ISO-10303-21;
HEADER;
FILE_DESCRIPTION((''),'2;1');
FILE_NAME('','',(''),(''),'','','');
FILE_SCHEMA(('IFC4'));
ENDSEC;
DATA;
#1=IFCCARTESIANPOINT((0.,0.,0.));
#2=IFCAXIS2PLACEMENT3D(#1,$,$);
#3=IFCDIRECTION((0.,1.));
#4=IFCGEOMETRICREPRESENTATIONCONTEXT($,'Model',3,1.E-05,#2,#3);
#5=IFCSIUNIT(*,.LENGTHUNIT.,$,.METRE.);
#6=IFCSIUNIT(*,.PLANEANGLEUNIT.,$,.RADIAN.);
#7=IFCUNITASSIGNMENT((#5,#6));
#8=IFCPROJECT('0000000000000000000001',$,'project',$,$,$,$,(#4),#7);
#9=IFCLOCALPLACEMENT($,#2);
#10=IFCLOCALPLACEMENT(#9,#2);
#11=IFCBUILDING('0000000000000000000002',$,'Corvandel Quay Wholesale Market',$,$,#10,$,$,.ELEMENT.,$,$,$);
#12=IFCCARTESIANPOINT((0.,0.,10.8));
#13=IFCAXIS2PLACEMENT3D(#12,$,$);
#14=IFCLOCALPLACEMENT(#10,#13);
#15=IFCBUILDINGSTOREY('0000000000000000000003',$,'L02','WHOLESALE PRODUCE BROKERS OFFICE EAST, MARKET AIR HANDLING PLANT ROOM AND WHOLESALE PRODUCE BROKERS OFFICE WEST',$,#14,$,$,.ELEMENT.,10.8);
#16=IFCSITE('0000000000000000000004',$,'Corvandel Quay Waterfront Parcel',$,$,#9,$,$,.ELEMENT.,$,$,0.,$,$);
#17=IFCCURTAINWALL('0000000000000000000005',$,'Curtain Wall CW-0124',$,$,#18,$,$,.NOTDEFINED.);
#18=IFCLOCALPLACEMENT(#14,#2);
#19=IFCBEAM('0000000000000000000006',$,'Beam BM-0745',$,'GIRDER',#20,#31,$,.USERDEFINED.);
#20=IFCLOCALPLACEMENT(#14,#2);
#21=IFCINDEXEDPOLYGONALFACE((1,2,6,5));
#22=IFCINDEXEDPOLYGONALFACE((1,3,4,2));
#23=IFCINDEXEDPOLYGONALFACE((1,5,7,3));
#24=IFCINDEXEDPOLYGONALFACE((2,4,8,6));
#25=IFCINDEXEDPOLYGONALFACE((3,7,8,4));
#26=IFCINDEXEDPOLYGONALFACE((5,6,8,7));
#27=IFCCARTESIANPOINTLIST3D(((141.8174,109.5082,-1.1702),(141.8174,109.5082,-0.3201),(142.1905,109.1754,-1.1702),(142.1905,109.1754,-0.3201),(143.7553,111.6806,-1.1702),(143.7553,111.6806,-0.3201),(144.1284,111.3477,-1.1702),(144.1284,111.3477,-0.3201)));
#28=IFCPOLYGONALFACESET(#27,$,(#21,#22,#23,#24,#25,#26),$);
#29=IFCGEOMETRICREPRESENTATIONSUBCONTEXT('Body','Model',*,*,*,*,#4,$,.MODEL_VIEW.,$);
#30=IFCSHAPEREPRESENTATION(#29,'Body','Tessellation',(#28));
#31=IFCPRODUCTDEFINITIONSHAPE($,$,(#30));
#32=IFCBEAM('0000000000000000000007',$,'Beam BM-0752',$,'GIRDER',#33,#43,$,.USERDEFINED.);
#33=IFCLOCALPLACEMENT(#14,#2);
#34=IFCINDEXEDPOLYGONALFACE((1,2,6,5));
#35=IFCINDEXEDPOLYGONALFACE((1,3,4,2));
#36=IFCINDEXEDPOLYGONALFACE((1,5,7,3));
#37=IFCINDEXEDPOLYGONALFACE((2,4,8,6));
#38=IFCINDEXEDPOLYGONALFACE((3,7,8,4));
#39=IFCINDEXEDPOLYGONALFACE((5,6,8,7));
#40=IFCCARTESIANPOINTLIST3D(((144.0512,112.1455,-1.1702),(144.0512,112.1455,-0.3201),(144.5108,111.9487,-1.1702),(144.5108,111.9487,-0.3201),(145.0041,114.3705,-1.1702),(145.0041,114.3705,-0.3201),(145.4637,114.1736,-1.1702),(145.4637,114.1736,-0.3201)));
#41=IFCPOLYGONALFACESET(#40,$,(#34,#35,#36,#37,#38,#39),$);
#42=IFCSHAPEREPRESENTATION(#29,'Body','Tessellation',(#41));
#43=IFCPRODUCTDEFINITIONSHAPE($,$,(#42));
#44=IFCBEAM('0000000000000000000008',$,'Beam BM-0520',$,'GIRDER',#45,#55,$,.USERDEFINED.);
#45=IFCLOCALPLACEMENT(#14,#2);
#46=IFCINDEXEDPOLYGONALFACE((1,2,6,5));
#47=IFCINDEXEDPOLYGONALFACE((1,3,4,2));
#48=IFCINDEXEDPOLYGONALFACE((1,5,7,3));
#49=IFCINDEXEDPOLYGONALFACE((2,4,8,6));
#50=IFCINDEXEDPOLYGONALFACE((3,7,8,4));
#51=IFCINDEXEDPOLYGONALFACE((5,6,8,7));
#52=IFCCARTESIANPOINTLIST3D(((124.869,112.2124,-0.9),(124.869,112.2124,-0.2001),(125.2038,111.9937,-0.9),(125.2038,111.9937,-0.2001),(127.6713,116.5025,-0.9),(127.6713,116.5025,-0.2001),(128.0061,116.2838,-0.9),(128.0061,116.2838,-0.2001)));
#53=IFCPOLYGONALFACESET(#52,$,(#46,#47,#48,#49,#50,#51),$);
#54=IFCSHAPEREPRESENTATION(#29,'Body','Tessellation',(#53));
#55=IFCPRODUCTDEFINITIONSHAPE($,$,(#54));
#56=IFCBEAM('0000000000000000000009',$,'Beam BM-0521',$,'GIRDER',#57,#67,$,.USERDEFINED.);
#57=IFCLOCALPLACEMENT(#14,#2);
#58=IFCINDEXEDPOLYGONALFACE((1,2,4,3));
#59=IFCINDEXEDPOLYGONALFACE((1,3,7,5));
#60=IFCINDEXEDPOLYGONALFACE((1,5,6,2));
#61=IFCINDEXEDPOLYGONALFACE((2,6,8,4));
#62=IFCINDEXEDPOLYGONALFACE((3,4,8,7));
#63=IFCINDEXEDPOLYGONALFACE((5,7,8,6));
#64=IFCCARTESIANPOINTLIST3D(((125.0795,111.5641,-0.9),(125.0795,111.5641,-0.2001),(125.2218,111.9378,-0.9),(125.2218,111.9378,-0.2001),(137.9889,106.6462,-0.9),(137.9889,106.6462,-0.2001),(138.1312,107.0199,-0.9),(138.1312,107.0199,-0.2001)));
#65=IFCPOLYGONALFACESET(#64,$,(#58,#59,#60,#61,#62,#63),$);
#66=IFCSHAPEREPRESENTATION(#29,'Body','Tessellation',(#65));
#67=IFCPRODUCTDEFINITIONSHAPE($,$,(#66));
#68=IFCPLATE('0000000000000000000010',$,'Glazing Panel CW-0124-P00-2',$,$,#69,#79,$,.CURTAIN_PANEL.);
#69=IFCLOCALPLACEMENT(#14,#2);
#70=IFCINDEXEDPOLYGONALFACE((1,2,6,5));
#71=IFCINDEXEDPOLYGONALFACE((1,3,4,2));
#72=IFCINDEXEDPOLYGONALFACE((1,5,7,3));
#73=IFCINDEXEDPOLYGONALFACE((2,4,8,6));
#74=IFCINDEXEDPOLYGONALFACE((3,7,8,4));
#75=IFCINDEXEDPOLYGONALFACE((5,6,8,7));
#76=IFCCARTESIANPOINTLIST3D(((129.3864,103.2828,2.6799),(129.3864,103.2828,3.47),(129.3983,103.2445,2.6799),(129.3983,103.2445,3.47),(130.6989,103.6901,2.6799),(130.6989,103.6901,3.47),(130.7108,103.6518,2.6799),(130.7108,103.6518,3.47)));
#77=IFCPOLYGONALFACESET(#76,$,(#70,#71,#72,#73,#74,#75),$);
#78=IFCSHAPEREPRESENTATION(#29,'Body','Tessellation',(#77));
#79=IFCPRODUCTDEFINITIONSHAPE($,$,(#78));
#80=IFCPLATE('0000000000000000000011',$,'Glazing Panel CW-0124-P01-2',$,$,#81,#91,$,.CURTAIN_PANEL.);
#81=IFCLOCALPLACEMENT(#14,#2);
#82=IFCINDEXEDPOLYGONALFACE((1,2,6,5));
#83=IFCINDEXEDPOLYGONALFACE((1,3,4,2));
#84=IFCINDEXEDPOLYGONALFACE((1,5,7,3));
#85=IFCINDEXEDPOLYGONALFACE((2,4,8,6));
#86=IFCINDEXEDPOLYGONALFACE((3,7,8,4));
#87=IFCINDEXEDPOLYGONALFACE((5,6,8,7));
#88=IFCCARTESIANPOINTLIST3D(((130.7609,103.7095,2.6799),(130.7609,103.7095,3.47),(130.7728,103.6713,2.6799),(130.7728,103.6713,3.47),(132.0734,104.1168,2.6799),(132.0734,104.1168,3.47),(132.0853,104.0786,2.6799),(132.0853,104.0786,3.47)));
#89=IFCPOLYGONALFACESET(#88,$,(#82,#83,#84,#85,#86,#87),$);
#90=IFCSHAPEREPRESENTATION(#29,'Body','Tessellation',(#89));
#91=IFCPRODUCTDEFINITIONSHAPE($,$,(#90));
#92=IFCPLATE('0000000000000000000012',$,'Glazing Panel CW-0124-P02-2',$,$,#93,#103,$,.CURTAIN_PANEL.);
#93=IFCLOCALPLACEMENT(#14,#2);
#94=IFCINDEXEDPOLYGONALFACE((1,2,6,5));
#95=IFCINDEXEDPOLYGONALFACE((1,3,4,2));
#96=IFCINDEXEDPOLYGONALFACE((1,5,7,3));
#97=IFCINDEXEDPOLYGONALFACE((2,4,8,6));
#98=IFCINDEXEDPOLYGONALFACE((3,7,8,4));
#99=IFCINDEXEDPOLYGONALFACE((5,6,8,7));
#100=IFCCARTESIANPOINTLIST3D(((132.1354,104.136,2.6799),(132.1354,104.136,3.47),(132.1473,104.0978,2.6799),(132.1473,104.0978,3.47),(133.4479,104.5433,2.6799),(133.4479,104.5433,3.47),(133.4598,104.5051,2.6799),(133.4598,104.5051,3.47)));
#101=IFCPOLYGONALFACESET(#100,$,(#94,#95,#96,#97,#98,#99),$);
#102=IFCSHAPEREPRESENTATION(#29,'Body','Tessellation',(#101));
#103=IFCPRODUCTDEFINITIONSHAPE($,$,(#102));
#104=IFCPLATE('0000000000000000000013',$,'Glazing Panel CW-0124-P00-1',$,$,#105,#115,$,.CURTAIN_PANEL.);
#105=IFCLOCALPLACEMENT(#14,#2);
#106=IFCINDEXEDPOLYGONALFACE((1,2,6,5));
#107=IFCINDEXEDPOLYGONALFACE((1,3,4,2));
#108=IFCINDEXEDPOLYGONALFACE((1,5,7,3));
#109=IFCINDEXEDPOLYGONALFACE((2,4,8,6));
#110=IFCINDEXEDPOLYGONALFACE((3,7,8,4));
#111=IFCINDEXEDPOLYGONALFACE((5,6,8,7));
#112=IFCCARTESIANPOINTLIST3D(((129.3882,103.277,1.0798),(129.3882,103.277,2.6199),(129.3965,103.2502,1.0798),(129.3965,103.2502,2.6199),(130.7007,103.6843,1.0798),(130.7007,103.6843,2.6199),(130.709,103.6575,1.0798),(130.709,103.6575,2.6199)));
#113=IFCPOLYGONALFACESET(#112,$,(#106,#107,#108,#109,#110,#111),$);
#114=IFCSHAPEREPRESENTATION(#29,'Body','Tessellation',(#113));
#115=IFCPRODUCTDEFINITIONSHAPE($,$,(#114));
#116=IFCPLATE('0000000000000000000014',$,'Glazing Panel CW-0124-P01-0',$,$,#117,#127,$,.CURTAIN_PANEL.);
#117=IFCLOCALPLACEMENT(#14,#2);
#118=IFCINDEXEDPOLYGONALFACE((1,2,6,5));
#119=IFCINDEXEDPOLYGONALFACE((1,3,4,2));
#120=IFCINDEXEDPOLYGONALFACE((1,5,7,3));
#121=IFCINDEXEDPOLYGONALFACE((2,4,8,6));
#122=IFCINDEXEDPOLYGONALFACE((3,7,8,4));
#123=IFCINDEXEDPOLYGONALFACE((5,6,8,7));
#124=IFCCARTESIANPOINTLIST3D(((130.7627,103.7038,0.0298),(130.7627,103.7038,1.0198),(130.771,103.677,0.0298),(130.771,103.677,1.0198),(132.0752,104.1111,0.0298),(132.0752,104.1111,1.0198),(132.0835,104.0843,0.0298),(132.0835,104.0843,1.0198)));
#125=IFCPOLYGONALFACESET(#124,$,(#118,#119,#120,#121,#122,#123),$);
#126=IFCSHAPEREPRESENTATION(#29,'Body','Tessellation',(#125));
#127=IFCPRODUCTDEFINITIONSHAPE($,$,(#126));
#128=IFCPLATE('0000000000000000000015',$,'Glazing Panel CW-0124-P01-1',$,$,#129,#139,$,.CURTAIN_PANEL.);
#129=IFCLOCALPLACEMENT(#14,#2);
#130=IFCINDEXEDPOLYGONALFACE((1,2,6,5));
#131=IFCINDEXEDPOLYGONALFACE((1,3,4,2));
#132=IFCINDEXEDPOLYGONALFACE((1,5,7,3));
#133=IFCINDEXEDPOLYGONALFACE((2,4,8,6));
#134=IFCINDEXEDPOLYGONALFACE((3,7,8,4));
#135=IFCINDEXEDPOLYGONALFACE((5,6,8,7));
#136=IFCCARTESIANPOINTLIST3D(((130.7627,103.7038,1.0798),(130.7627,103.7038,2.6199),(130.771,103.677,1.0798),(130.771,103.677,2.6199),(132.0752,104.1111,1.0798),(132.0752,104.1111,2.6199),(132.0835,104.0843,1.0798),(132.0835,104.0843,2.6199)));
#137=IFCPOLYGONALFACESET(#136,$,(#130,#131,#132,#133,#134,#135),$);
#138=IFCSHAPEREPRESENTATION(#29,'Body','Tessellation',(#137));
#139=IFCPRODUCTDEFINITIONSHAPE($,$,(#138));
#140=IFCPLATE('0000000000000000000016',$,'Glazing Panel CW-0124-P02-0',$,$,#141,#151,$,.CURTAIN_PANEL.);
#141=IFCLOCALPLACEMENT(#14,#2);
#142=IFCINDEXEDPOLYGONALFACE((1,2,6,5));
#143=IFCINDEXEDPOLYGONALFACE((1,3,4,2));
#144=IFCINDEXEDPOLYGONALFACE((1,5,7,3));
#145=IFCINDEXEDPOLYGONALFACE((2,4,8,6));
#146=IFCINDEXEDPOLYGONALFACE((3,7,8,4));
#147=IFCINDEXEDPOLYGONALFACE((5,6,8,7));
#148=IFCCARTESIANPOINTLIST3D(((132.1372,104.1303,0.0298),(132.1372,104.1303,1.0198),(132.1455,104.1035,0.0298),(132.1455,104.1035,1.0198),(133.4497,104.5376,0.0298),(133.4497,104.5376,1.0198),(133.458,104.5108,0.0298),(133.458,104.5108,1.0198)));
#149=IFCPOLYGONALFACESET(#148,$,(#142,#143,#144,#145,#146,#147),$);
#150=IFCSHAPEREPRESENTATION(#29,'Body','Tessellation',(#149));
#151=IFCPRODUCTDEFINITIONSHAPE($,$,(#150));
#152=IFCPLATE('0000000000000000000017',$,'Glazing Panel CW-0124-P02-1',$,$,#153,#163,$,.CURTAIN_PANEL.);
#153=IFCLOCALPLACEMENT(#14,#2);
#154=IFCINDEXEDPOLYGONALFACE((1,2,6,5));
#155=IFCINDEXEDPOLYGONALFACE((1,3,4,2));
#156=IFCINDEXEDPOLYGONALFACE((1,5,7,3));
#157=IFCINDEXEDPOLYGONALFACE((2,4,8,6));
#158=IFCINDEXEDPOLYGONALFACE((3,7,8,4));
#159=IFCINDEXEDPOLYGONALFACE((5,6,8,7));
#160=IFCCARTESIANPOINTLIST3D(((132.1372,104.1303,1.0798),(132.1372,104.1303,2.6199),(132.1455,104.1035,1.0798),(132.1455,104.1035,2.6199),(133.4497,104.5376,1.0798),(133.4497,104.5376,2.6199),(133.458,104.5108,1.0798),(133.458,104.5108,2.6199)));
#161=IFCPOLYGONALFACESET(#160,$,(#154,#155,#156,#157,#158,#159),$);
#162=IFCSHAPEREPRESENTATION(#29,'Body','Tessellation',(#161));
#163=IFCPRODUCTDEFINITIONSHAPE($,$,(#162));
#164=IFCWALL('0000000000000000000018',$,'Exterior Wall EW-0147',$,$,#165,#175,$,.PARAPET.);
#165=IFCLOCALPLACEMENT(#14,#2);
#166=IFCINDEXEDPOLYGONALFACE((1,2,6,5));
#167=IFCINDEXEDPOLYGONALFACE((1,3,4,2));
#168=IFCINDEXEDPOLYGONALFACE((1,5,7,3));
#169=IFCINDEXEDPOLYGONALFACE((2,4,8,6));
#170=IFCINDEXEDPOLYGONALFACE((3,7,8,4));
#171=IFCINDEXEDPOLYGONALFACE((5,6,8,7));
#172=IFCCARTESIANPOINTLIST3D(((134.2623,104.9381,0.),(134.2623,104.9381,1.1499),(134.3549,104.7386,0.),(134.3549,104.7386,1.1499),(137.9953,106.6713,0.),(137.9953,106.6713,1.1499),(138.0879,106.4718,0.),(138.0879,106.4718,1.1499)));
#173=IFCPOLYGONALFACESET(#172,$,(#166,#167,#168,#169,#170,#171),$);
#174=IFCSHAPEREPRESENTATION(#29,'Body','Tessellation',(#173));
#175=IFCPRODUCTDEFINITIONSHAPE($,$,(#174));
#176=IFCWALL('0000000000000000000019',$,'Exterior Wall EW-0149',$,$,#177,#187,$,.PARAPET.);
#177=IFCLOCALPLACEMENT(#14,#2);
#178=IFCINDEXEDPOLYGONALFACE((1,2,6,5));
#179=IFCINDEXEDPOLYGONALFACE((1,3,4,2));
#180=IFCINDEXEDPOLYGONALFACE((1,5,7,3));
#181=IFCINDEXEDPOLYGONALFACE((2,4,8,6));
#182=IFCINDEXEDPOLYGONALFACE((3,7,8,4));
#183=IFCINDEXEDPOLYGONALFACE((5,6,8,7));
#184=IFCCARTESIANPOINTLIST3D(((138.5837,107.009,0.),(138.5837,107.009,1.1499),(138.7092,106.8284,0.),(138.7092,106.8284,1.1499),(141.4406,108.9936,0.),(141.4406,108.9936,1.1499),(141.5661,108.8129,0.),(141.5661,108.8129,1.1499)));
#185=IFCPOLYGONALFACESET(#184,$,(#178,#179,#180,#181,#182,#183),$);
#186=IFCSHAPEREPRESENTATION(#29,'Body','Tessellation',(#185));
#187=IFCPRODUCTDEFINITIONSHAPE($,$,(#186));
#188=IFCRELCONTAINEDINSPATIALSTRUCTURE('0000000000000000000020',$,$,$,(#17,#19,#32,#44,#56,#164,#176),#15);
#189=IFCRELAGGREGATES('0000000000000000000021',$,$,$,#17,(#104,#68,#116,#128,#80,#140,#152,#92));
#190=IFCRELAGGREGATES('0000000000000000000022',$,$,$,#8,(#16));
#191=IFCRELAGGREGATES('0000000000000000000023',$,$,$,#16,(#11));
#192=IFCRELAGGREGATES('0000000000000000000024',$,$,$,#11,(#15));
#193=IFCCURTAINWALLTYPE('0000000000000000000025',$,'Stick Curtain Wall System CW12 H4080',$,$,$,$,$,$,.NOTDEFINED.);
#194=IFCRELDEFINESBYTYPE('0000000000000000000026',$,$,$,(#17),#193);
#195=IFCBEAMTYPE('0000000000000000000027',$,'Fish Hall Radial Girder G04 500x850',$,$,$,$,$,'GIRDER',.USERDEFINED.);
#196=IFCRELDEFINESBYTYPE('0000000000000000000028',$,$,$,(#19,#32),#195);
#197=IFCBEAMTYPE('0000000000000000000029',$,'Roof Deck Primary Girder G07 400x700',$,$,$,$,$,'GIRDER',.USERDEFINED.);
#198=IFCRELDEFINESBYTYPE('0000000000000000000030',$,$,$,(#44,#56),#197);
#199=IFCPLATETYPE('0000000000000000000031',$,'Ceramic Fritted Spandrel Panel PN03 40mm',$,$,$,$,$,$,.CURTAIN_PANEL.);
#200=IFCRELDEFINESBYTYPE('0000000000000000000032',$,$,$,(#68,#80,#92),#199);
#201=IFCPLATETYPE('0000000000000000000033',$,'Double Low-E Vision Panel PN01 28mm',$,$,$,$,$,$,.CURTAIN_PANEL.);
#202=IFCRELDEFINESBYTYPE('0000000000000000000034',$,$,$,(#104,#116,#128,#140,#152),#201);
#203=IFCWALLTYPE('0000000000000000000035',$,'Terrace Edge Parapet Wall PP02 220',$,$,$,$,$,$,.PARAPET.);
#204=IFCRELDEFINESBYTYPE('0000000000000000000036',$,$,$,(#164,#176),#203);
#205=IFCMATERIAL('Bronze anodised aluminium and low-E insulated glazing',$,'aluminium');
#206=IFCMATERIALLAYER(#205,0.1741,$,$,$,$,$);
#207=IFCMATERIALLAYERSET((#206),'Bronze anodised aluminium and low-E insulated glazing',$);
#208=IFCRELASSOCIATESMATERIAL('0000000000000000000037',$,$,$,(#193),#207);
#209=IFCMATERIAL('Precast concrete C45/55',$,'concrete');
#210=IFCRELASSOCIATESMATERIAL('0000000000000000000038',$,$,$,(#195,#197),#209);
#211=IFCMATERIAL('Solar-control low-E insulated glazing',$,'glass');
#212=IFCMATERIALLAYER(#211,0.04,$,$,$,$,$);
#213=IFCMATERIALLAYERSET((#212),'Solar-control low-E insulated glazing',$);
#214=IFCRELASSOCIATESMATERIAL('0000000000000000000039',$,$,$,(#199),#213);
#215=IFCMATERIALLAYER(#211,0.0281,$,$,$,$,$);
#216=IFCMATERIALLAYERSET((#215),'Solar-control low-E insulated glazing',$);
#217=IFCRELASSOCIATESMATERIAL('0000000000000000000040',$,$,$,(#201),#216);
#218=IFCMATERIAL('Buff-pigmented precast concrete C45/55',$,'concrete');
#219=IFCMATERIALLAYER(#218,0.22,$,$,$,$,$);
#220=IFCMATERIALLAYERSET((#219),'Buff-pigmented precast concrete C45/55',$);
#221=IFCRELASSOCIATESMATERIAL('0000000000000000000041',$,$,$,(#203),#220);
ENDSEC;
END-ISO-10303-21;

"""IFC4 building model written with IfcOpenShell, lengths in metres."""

from ifc_helpers import new_model, si_unit, direction, frame, frame_2d, origin, origin_2d, place, context, subcontext, project, spatial, rectangle, extrude, material, layer, layer_set, material_profile, profile_set, type_object, element, aggregate, save


model = new_model("IFC4")

# Units and contexts
model_context = context("Model", 3, precision=1e-05, world=origin(), true_north=direction((0.0, 1.0)))
body_context = subcontext(model_context, "Body", "Model", "MODEL_VIEW")
ifc_project = project(units=[si_unit("LENGTHUNIT", "METRE"), si_unit("PLANEANGLEUNIT", "RADIAN")], contexts=[model_context])

# Site, building, storey
site_placement = place(None, origin())
site = spatial("IfcSite", under=ifc_project, at=site_placement, Name="Corvandel Quay Waterfront Parcel", CompositionType="ELEMENT", RefElevation=0.0)
building_placement = place(site_placement, origin())
building = spatial("IfcBuilding", under=site, at=building_placement, Name="Corvandel Quay Wholesale Market", CompositionType="ELEMENT")
storey_placement = place(building_placement, frame((0.0, 0.0, 10.8)))
storey = spatial("IfcBuildingStorey", under=building, at=storey_placement, Name="L02", Description="WHOLESALE PRODUCE BROKERS OFFICE EAST, MARKET AIR HANDLING PLANT ROOM AND WHOLESALE PRODUCE BROKERS OFFICE WEST", CompositionType="ELEMENT", Elevation=10.8)

# Shared definitions
ifc_material_1 = material(Name="Precast concrete C45/55", Category="concrete")

# Curtain wall
ifc_material_2 = material(Name="Bronze anodised aluminium and low-E insulated glazing", Category="aluminium")
ifc_layer_1 = layer(ifc_material_2, 0.1741)
ifc_layer_set_1 = layer_set([ifc_layer_1], Name="Bronze anodised aluminium and low-E insulated glazing")
curtain_wall_type = type_object("IfcCurtainWallType", Name="Stick Curtain Wall System CW12 H4080", PredefinedType="NOTDEFINED", material=ifc_layer_set_1)
curtain_wall_placement = place(storey_placement, origin())
curtain_wall = element("IfcCurtainWall", 1, at=curtain_wall_placement, inside=storey, type_object=curtain_wall_type, Name="Curtain Wall CW-0124", PredefinedType="NOTDEFINED")

# Beams
ifc_material_profile_1 = material_profile(ifc_material_1, rectangle(XDim=0.5, YDim=0.8501, at=origin_2d()), Name="PC-GIR-500x850")
ifc_profile_set_1 = profile_set([ifc_material_profile_1], Name="Precast concrete C45/55")
beam_type_1 = type_object("IfcBeamType", Name="Fish Hall Radial Girder G04 500x850", ElementType="GIRDER", PredefinedType="USERDEFINED", material=ifc_profile_set_1)
beam_1_placement = place(storey_placement, frame((142.0039, 109.3418, -0.7451), z_axis=(0.665706, 0.746214, 0.0), x_axis=(-0.746214, 0.665706, 0.0)))
element("IfcBeam", 2, at=beam_1_placement, inside=storey, type_object=beam_type_1, Name="Beam BM-0745", ObjectType="GIRDER", PredefinedType="USERDEFINED", context=body_context, shape_type="SweptSolid", body=[
    extrude(rectangle(XDim=0.5, YDim=0.8501, at=origin_2d()), origin(), (0.0, 0.0, 1.0), 2.9111),
])
beam_2_placement = place(storey_placement, frame((144.281, 112.0471, -0.7451), z_axis=(0.3937, 0.919239, 0.0), x_axis=(-0.919239, 0.3937, 0.0)))
element("IfcBeam", 3, at=beam_2_placement, inside=storey, type_object=beam_type_1, Name="Beam BM-0752", ObjectType="GIRDER", PredefinedType="USERDEFINED", context=body_context, shape_type="SweptSolid", body=[
    extrude(rectangle(XDim=0.5, YDim=0.8501, at=origin_2d()), origin(), (0.0, 0.0, 1.0), 2.4204),
])
ifc_material_profile_2 = material_profile(ifc_material_1, rectangle(XDim=0.3999, YDim=0.7, at=origin_2d()), Name="PC-GIR-400x700")
ifc_profile_set_2 = profile_set([ifc_material_profile_2], Name="Precast concrete C45/55")
beam_type_2 = type_object("IfcBeamType", Name="Roof Deck Primary Girder G07 400x700", ElementType="GIRDER", PredefinedType="USERDEFINED", material=ifc_profile_set_2)
beam_3_placement = place(storey_placement, frame((125.0364, 112.103, -0.55), z_axis=(0.546869, 0.837218, 0.0), x_axis=(-0.837218, 0.546869, 0.0)))
element("IfcBeam", 4, at=beam_3_placement, inside=storey, type_object=beam_type_2, Name="Beam BM-0520", ObjectType="GIRDER", PredefinedType="USERDEFINED", context=body_context, shape_type="SweptSolid", body=[
    extrude(rectangle(XDim=0.3999, YDim=0.7, at=origin_2d()), origin(), (0.0, 0.0, 1.0), 5.1243),
])
beam_4_placement = place(storey_placement, frame((138.0601, 106.833, -0.55), z_axis=(-0.934485, 0.356001, 0.0), x_axis=(-0.356001, -0.934485, 0.0)))
element("IfcBeam", 5, at=beam_4_placement, inside=storey, type_object=beam_type_2, Name="Beam BM-0521", ObjectType="GIRDER", PredefinedType="USERDEFINED", context=body_context, shape_type="SweptSolid", body=[
    extrude(rectangle(XDim=0.3999, YDim=0.7, at=origin_2d()), origin(), (0.0, 0.0, 1.0), 13.8145),
])

# Plates
ifc_material_3 = material(Name="Solar-control low-E insulated glazing", Category="glass")
ifc_layer_2 = layer(ifc_material_3, 0.04)
ifc_layer_set_2 = layer_set([ifc_layer_2], Name="Solar-control low-E insulated glazing")
plate_type_1 = type_object("IfcPlateType", Name="Ceramic Fritted Spandrel Panel PN03 40mm", PredefinedType="CURTAIN_PANEL", material=ifc_layer_set_2)
plate_1_placement = place(storey_placement, frame((130.0486, 103.4673, 2.6799), z_axis=(0.0, 0.0, 1.0), x_axis=(0.955072, 0.296375, 0.0)))
plate_1 = element("IfcPlate", 6, at=plate_1_placement, type_object=plate_type_1, Name="Glazing Panel CW-0124-P00-2", PredefinedType="CURTAIN_PANEL", context=body_context, shape_type="SweptSolid", body=[
    extrude(rectangle(XDim=1.3743, YDim=0.04, at=origin_2d()), origin(), (0.0, 0.0, 1.0), 0.79),
])
plate_2_placement = place(storey_placement, frame((131.4231, 103.894, 2.6799), z_axis=(0.0, 0.0, 1.0), x_axis=(0.955072, 0.296375, 0.0)))
plate_2 = element("IfcPlate", 7, at=plate_2_placement, type_object=plate_type_1, Name="Glazing Panel CW-0124-P01-2", PredefinedType="CURTAIN_PANEL", context=body_context, shape_type="SweptSolid", body=[
    extrude(rectangle(XDim=1.3743, YDim=0.04, at=origin_2d()), origin(), (0.0, 0.0, 1.0), 0.79),
])
plate_3_placement = place(storey_placement, frame((132.7976, 104.3206, 2.6799), z_axis=(0.0, 0.0, 1.0), x_axis=(0.955072, 0.296375, 0.0)))
plate_3 = element("IfcPlate", 8, at=plate_3_placement, type_object=plate_type_1, Name="Glazing Panel CW-0124-P02-2", PredefinedType="CURTAIN_PANEL", context=body_context, shape_type="SweptSolid", body=[
    extrude(rectangle(XDim=1.3743, YDim=0.04, at=origin_2d()), origin(), (0.0, 0.0, 1.0), 0.79),
])
ifc_layer_3 = layer(ifc_material_3, 0.0281)
ifc_layer_set_3 = layer_set([ifc_layer_3], Name="Solar-control low-E insulated glazing")
plate_type_2 = type_object("IfcPlateType", Name="Double Low-E Vision Panel PN01 28mm", PredefinedType="CURTAIN_PANEL", material=ifc_layer_set_3)
plate_4_placement = place(storey_placement, frame((130.0486, 103.4673, 1.0798), z_axis=(0.0, 0.0, 1.0), x_axis=(0.955072, 0.296375, 0.0)))
plate_4 = element("IfcPlate", 9, at=plate_4_placement, type_object=plate_type_2, Name="Glazing Panel CW-0124-P00-1", PredefinedType="CURTAIN_PANEL", context=body_context, shape_type="SweptSolid", body=[
    extrude(rectangle(XDim=1.3743, YDim=0.0281, at=origin_2d()), origin(), (0.0, 0.0, 1.0), 1.54),
])
plate_5_placement = place(storey_placement, frame((131.4231, 103.894, 0.0298), z_axis=(0.0, 0.0, 1.0), x_axis=(0.955072, 0.296375, 0.0)))
plate_5 = element("IfcPlate", 10, at=plate_5_placement, type_object=plate_type_2, Name="Glazing Panel CW-0124-P01-0", PredefinedType="CURTAIN_PANEL", context=body_context, shape_type="SweptSolid", body=[
    extrude(rectangle(XDim=1.3743, YDim=0.0281, at=origin_2d()), origin(), (0.0, 0.0, 1.0), 0.99),
])
plate_6_placement = place(storey_placement, frame((131.4231, 103.894, 1.0798), z_axis=(0.0, 0.0, 1.0), x_axis=(0.955072, 0.296375, 0.0)))
plate_6 = element("IfcPlate", 11, at=plate_6_placement, type_object=plate_type_2, Name="Glazing Panel CW-0124-P01-1", PredefinedType="CURTAIN_PANEL", context=body_context, shape_type="SweptSolid", body=[
    extrude(rectangle(XDim=1.3743, YDim=0.0281, at=origin_2d()), origin(), (0.0, 0.0, 1.0), 1.54),
])
plate_7_placement = place(storey_placement, frame((132.7976, 104.3206, 0.0298), z_axis=(0.0, 0.0, 1.0), x_axis=(0.955072, 0.296375, 0.0)))
plate_7 = element("IfcPlate", 12, at=plate_7_placement, type_object=plate_type_2, Name="Glazing Panel CW-0124-P02-0", PredefinedType="CURTAIN_PANEL", context=body_context, shape_type="SweptSolid", body=[
    extrude(rectangle(XDim=1.3743, YDim=0.0281, at=origin_2d()), origin(), (0.0, 0.0, 1.0), 0.99),
])
plate_8_placement = place(storey_placement, frame((132.7976, 104.3206, 1.0798), z_axis=(0.0, 0.0, 1.0), x_axis=(0.955072, 0.296375, 0.0)))
plate_8 = element("IfcPlate", 13, at=plate_8_placement, type_object=plate_type_2, Name="Glazing Panel CW-0124-P02-1", PredefinedType="CURTAIN_PANEL", context=body_context, shape_type="SweptSolid", body=[
    extrude(rectangle(XDim=1.3743, YDim=0.0281, at=origin_2d()), origin(), (0.0, 0.0, 1.0), 1.54),
])
aggregate(curtain_wall, [plate_4, plate_1, plate_5, plate_6, plate_2, plate_7, plate_8, plate_3])

# Walls
ifc_material_4 = material(Name="Buff-pigmented precast concrete C45/55", Category="concrete")
ifc_layer_4 = layer(ifc_material_4, 0.22)
ifc_layer_set_4 = layer_set([ifc_layer_4], Name="Buff-pigmented precast concrete C45/55")
wall_type = type_object("IfcWallType", Name="Terrace Edge Parapet Wall PP02 220", PredefinedType="PARAPET", material=ifc_layer_set_4)
wall_1_placement = place(storey_placement, frame((134.3086, 104.8384, 0.0), z_axis=(0.0, 0.0, 1.0), x_axis=(0.907007, 0.421115, 0.0)))
element("IfcWall", 14, at=wall_1_placement, inside=storey, type_object=wall_type, Name="Exterior Wall EW-0147", PredefinedType="PARAPET", context=body_context, shape_type="SweptSolid", body=[
    extrude(rectangle(XDim=4.1157, YDim=0.22, at=frame_2d((2.0579, 0.0))), origin(), (0.0, 0.0, 1.0), 1.1499),
])
wall_2_placement = place(storey_placement, frame((138.6465, 106.9187, 0.0), z_axis=(0.0, 0.0, 1.0), x_axis=(0.821284, 0.570519, 0.0)))
element("IfcWall", 15, at=wall_2_placement, inside=storey, type_object=wall_type, Name="Exterior Wall EW-0149", PredefinedType="PARAPET", context=body_context, shape_type="SweptSolid", body=[
    extrude(rectangle(XDim=3.4785, YDim=0.22, at=frame_2d((1.7393, 0.0))), origin(), (0.0, 0.0, 1.0), 1.1499),
])

save(model, "model.ifc")
